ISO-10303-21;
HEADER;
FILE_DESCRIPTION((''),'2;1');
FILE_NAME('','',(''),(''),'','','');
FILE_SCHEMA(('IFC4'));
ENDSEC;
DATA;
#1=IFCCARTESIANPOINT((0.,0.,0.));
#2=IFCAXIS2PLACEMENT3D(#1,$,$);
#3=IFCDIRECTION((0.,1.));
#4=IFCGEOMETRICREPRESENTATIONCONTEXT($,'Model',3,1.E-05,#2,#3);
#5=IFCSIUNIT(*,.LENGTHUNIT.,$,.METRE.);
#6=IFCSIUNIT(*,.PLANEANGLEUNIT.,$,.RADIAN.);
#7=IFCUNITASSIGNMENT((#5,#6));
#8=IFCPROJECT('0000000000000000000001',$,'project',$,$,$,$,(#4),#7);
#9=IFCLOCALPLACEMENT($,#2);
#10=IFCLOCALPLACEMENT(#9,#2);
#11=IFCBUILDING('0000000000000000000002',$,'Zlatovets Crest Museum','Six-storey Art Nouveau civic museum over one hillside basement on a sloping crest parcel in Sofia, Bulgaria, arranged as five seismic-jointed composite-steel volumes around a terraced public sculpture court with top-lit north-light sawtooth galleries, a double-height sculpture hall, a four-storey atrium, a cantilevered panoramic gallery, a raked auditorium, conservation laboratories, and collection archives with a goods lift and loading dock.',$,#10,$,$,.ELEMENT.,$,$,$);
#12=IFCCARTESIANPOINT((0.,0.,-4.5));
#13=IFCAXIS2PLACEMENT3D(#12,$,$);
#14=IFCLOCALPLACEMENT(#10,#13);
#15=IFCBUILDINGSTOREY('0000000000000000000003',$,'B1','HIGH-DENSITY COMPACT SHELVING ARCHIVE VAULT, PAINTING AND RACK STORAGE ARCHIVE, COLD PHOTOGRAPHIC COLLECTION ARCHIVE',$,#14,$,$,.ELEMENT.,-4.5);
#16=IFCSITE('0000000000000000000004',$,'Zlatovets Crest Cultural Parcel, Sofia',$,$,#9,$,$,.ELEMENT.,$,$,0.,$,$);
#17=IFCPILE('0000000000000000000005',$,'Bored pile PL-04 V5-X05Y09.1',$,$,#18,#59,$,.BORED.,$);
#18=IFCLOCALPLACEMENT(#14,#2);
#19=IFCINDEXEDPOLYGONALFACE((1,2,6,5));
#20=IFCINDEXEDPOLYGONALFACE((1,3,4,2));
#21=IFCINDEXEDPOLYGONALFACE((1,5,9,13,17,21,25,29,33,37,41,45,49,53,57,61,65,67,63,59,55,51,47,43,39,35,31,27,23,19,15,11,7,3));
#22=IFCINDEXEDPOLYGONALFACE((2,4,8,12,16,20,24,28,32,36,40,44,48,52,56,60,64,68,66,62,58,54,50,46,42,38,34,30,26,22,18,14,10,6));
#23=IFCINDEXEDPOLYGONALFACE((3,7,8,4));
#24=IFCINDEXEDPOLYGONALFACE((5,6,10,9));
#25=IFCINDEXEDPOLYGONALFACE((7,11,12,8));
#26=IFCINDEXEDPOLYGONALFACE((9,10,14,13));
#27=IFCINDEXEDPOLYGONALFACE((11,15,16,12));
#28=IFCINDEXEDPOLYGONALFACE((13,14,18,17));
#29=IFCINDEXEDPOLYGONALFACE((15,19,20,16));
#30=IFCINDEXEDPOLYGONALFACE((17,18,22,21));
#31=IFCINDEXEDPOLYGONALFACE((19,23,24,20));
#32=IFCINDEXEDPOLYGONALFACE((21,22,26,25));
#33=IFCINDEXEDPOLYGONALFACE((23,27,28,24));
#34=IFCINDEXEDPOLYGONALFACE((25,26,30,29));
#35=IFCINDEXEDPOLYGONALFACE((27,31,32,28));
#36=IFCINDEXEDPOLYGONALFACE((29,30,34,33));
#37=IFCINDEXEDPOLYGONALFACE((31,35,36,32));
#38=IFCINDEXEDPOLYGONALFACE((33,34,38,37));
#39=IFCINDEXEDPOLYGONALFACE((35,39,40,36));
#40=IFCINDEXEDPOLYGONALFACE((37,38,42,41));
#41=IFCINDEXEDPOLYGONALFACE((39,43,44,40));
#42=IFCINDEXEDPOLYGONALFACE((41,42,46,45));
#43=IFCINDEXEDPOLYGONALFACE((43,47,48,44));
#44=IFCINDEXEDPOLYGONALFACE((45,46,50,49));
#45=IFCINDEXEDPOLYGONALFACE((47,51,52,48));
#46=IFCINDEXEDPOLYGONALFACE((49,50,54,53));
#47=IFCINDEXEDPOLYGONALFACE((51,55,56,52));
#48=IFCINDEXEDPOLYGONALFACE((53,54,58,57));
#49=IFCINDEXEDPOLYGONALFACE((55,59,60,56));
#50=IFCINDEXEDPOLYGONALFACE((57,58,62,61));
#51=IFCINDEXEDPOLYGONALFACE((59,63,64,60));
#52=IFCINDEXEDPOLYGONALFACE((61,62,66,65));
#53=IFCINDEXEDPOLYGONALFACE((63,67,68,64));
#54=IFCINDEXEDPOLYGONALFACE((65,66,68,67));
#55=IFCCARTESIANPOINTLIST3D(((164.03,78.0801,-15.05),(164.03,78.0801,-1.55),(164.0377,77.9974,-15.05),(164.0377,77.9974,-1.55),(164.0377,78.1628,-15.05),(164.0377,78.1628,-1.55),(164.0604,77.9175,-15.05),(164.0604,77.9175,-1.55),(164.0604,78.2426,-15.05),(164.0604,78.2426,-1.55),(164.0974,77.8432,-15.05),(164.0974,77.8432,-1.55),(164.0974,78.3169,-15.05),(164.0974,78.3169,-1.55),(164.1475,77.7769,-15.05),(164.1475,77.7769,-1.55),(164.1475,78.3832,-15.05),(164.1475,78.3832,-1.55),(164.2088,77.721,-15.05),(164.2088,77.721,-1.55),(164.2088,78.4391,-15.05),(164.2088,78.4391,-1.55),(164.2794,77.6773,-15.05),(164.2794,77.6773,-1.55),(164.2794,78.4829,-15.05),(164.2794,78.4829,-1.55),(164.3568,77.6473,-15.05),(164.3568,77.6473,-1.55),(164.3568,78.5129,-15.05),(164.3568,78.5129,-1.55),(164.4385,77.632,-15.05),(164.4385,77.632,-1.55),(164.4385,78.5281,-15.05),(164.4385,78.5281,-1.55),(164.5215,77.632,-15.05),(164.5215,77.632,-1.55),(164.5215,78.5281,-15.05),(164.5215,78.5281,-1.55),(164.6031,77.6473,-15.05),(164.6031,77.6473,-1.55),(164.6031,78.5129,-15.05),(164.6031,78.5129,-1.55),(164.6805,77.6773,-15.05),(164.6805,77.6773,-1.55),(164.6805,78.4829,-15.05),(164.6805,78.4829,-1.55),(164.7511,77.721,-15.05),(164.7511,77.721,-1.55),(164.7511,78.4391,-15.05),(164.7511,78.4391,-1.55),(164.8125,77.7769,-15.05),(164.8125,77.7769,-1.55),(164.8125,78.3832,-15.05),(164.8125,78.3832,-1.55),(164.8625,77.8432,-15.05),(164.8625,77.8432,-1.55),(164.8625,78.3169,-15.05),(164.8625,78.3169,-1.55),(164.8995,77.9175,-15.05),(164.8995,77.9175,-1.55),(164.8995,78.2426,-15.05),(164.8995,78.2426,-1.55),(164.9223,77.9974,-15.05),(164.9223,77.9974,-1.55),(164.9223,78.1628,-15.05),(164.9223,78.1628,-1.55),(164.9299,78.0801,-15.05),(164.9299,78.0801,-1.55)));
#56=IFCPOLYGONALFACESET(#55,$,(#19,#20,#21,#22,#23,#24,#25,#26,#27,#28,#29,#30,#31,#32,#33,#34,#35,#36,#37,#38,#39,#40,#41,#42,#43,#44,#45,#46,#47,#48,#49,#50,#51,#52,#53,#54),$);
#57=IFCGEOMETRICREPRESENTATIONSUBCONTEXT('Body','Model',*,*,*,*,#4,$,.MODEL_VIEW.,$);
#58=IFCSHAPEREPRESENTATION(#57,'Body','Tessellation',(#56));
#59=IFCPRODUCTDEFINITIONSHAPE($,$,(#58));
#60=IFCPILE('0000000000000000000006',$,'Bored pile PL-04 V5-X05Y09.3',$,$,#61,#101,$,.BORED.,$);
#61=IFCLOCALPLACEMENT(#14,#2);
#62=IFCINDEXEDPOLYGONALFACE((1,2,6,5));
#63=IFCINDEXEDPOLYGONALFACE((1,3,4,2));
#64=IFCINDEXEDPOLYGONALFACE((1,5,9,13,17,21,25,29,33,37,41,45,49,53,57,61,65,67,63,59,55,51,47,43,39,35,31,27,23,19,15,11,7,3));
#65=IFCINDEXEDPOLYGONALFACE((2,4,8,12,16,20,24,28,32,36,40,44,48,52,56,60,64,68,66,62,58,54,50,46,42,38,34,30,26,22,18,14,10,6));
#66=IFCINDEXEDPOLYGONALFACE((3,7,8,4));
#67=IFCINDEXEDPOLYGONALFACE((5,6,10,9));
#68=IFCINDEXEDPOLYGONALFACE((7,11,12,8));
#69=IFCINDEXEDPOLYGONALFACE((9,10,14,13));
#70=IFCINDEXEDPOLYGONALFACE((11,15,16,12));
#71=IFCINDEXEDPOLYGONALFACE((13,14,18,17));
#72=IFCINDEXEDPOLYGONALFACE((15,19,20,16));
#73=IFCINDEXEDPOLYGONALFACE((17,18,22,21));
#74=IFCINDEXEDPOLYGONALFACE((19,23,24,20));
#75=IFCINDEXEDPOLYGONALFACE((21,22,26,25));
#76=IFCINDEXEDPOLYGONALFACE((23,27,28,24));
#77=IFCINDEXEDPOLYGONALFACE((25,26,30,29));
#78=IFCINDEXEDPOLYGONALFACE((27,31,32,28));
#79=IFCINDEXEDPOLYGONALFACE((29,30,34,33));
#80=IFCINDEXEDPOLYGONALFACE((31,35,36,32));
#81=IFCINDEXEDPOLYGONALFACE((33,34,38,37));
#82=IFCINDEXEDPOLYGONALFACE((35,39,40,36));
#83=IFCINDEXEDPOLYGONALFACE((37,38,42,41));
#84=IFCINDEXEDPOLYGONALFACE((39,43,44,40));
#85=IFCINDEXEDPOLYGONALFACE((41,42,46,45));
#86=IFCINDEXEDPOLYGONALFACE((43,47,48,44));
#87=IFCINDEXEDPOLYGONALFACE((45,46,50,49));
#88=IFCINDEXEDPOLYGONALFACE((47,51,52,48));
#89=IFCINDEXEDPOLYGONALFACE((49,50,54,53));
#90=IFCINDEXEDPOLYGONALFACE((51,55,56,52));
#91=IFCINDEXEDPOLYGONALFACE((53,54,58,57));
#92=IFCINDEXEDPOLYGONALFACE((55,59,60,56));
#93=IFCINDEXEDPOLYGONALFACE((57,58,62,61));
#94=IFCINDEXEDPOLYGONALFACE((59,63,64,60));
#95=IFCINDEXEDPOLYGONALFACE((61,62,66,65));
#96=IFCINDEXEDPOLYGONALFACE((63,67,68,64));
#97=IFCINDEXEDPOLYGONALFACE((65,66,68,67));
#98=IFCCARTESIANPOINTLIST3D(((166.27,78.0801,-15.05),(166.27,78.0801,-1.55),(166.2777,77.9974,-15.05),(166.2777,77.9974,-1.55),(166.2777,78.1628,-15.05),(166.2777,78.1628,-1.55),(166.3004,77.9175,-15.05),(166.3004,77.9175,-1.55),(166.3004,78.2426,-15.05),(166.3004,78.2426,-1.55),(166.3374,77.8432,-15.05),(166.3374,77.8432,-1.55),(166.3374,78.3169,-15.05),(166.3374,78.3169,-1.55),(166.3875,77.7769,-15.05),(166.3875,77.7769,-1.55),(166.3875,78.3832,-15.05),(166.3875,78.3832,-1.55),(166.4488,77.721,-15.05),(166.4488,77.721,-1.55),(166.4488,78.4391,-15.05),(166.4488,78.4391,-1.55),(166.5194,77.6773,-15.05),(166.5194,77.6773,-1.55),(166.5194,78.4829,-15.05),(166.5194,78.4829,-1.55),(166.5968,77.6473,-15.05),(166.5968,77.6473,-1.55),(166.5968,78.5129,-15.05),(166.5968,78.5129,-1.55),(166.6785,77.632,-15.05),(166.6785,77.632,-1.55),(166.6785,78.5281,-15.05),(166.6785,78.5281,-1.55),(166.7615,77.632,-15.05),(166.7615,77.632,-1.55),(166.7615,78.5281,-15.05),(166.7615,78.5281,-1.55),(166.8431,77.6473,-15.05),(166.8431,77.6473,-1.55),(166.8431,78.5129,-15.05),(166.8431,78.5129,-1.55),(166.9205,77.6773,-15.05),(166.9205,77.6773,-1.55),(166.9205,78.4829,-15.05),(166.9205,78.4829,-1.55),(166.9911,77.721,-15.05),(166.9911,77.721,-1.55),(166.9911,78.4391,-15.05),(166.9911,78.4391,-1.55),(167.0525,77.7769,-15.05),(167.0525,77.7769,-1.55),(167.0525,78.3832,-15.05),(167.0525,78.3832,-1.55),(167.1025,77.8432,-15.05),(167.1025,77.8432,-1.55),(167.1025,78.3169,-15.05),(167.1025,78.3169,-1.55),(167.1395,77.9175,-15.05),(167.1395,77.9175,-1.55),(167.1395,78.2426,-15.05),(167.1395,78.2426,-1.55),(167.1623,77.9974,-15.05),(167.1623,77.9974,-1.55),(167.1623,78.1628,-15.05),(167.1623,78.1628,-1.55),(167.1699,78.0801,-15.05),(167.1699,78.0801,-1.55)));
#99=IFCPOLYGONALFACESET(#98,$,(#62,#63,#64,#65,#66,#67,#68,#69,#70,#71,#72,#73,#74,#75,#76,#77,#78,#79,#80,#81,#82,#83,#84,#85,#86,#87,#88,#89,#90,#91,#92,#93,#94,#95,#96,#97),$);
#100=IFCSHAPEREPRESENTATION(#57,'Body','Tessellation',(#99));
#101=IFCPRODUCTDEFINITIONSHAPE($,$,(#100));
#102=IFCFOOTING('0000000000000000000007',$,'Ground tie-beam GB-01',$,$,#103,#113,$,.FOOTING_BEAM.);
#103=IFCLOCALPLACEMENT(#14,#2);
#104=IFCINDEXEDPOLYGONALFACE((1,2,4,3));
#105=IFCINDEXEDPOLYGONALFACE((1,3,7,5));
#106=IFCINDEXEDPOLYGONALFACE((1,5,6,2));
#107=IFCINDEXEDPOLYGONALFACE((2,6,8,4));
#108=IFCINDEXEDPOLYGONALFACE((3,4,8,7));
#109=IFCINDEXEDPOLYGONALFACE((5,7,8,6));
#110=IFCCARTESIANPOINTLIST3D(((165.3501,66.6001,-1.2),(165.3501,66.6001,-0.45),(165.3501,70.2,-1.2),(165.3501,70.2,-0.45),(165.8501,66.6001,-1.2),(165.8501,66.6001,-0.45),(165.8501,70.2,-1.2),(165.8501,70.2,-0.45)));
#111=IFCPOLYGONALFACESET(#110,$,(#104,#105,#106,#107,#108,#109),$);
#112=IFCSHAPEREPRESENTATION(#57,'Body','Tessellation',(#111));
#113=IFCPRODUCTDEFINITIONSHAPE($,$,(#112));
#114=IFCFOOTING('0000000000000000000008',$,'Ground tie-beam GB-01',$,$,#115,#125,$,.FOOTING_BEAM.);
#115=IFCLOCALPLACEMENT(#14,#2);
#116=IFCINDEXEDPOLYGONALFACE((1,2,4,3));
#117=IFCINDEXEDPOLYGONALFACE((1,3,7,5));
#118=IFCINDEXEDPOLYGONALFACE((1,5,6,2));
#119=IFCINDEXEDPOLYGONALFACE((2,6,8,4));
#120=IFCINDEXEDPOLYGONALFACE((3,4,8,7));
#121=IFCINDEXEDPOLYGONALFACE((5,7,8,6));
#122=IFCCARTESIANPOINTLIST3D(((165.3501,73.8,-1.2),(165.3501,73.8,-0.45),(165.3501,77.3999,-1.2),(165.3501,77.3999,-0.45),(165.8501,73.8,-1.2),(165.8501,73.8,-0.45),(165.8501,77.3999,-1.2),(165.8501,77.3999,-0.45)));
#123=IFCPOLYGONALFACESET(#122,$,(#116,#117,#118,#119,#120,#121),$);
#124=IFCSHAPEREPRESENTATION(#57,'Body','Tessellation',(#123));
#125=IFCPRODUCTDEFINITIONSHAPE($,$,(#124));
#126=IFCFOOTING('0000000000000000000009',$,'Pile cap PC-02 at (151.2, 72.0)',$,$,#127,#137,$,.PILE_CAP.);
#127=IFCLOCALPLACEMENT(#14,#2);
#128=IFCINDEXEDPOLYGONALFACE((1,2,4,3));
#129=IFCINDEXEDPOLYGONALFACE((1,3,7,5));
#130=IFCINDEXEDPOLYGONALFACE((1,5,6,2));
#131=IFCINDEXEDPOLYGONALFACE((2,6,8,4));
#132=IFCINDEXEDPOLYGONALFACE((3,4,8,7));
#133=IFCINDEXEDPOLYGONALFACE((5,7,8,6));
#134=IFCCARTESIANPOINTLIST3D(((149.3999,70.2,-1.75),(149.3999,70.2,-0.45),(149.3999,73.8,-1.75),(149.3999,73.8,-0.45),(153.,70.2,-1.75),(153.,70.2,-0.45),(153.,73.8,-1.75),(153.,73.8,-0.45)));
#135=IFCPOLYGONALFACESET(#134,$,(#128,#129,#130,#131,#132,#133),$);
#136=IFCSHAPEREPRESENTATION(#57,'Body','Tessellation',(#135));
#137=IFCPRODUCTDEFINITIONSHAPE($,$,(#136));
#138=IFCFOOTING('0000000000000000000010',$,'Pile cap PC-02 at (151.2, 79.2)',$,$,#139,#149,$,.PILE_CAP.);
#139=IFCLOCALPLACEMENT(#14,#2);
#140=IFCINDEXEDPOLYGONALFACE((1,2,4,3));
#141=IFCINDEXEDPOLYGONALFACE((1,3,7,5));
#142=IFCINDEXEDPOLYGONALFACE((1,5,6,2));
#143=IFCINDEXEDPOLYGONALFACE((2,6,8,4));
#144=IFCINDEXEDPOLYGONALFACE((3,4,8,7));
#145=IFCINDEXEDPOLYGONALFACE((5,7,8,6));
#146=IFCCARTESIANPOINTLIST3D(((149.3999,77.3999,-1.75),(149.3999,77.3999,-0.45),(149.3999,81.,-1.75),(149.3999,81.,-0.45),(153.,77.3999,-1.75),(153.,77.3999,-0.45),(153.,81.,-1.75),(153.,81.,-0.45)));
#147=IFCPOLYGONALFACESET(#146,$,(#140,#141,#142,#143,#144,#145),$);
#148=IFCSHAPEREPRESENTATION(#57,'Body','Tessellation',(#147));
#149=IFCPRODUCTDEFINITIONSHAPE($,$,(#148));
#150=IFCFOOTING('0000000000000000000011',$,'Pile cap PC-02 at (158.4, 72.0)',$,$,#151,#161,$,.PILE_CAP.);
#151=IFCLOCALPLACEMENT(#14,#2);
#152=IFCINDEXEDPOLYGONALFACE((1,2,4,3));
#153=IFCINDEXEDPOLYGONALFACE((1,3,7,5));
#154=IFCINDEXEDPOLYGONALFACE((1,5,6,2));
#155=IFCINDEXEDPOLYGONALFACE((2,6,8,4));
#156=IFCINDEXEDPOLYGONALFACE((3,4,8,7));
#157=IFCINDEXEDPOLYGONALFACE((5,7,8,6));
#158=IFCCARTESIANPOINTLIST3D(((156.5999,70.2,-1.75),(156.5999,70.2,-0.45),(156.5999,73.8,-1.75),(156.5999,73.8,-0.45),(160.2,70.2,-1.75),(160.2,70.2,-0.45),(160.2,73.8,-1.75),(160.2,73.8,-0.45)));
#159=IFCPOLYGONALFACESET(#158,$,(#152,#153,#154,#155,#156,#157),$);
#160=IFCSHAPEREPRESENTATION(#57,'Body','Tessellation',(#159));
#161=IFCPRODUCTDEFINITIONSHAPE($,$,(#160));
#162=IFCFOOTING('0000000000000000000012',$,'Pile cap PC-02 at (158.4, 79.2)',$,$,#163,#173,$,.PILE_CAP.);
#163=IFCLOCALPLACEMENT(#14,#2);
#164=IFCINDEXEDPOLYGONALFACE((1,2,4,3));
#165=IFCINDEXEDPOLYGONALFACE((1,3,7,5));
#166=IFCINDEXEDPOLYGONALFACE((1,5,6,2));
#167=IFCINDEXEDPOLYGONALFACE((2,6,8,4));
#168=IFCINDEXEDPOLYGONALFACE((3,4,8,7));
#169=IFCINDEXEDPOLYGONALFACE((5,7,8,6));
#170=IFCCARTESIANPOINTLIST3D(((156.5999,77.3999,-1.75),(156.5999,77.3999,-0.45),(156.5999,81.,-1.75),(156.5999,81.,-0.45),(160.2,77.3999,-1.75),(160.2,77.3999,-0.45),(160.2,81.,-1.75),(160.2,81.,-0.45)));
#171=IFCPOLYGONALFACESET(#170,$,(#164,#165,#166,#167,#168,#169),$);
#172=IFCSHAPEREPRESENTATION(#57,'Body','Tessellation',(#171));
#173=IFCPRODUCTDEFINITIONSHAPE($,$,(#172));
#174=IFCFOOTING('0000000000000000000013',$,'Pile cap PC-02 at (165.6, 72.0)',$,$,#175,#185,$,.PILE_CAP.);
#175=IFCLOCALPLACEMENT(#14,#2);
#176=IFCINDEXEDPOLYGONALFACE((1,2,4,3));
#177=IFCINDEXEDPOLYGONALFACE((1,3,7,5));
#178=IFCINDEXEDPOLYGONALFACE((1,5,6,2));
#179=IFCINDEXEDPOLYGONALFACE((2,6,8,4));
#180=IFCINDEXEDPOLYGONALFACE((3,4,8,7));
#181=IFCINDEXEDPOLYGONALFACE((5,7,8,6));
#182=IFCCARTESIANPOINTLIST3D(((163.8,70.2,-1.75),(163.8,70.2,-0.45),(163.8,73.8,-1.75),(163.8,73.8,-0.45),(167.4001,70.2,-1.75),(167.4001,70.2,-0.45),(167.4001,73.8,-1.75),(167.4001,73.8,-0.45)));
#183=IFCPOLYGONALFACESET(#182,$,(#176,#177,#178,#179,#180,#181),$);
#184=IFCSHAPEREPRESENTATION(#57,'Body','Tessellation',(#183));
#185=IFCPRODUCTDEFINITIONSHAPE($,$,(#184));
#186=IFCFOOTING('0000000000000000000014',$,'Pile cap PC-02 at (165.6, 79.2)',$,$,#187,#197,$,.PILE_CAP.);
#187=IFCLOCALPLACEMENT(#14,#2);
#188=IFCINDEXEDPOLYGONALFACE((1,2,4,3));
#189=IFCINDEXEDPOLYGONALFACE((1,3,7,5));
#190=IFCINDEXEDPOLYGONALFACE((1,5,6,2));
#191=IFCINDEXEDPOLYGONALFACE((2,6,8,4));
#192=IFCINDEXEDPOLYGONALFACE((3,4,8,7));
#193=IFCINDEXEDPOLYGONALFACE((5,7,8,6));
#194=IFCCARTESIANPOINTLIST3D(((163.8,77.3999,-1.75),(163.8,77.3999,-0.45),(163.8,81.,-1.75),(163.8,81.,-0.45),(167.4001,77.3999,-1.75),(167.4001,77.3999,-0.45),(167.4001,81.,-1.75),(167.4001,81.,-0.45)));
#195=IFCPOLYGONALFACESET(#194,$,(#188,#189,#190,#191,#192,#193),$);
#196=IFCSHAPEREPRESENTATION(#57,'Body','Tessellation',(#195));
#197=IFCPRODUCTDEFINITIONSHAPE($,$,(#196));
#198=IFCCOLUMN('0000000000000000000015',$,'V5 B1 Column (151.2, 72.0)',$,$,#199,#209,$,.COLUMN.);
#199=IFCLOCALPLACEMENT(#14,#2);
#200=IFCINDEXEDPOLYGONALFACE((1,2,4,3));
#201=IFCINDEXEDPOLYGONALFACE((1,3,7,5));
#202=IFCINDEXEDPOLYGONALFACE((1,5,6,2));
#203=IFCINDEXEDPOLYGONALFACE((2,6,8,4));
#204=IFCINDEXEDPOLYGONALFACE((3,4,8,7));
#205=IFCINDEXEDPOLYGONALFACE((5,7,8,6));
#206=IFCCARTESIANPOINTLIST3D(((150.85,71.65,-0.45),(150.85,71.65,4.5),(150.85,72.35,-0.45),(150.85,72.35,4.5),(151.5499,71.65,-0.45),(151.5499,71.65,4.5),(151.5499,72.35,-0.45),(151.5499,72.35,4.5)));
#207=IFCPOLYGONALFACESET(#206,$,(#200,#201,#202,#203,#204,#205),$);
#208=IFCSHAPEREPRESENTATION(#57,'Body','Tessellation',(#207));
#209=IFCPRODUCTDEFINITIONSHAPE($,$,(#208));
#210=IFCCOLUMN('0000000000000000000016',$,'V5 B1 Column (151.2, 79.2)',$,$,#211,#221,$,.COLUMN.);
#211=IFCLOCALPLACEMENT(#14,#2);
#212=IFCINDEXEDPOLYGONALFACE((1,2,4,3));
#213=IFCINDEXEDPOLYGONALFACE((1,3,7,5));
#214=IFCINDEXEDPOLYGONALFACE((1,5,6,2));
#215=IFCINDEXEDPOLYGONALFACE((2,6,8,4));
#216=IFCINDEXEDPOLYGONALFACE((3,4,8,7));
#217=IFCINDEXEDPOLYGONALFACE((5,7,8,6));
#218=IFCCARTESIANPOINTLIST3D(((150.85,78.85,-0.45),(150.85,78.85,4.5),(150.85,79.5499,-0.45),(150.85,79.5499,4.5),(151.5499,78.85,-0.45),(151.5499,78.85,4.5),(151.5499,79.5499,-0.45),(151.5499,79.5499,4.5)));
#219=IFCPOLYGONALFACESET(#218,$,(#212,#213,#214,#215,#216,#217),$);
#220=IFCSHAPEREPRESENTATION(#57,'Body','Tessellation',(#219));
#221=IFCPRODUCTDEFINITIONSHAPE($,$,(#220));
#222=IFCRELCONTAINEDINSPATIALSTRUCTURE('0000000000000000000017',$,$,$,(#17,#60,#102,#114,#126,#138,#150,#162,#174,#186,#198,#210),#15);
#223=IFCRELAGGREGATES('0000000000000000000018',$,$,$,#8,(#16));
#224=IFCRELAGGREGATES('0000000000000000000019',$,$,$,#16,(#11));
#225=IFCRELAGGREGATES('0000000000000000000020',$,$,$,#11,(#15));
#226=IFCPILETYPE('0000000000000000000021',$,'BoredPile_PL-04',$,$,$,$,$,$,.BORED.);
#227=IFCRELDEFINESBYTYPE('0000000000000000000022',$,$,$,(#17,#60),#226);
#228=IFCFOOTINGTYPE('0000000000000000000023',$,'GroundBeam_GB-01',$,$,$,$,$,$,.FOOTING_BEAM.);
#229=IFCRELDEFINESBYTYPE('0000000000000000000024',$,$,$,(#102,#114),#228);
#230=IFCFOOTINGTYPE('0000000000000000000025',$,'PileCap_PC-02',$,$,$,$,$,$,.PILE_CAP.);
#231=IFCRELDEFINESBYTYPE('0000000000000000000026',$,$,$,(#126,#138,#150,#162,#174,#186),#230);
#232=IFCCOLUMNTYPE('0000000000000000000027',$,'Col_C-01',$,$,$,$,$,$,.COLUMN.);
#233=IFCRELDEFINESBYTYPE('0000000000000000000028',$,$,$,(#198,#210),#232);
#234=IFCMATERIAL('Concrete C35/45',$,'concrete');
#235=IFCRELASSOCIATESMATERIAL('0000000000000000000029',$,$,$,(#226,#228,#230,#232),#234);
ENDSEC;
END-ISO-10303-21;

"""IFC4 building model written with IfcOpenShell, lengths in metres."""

from ifc_helpers import new_model, si_unit, direction, frame, origin, origin_2d, place, context, subcontext, project, spatial, rectangle, circle, extrude, material, material_profile, profile_set, type_object, element, save


model = new_model("IFC4")

# Units and contexts
model_context = context("Model", 3, precision=1e-05, world=origin(), true_north=direction((0.0, 1.0)))
body_context = subcontext(model_context, "Body", "Model", "MODEL_VIEW")
ifc_project = project(units=[si_unit("LENGTHUNIT", "METRE"), si_unit("PLANEANGLEUNIT", "RADIAN")], contexts=[model_context])

# Site, building, storey
site_placement = place(None, origin())
site = spatial("IfcSite", under=ifc_project, at=site_placement, Name="Zlatovets Crest Cultural Parcel, Sofia", CompositionType="ELEMENT", RefElevation=0.0)
building_placement = place(site_placement, origin())
building = spatial("IfcBuilding", under=site, at=building_placement, Name="Zlatovets Crest Museum", Description="Six-storey Art Nouveau civic museum over one hillside basement on a sloping crest parcel in Sofia, Bulgaria, arranged as five seismic-jointed composite-steel volumes around a terraced public sculpture court with top-lit north-light sawtooth galleries, a double-height sculpture hall, a four-storey atrium, a cantilevered panoramic gallery, a raked auditorium, conservation laboratories, and collection archives with a goods lift and loading dock.", CompositionType="ELEMENT")
storey_placement = place(building_placement, frame((0.0, 0.0, -4.5)))
storey = spatial("IfcBuildingStorey", under=building, at=storey_placement, Name="B1", Description="HIGH-DENSITY COMPACT SHELVING ARCHIVE VAULT, PAINTING AND RACK STORAGE ARCHIVE, COLD PHOTOGRAPHIC COLLECTION ARCHIVE", CompositionType="ELEMENT", Elevation=-4.5)

# Piles
ifc_material = material(Name="Concrete C35/45", Category="concrete")
ifc_material_profile_1 = material_profile(ifc_material, circle(Radius=0.45, at=origin_2d()), Name="PILE D900")
ifc_profile_set_1 = profile_set([ifc_material_profile_1], Name="Concrete C35/45")
pile_type = type_object("IfcPileType", Name="BoredPile_PL-04", PredefinedType="BORED", material=ifc_profile_set_1)
for number, where, z_axis, x_axis, name in (
    (1, (164.48, 78.0801, -1.55), (0.0, 0.0, -1.0), (1.0, 0.0, 0.0), "Bored pile PL-04 V5-X05Y09.1"),
    (2, (166.72, 78.0801, -1.55), (0.0, 0.0, -1.0), (1.0, 0.0, 0.0), "Bored pile PL-04 V5-X05Y09.3"),
):
    element("IfcPile", number, at=place(storey_placement, frame(where, z_axis=z_axis, x_axis=x_axis)), inside=storey, type_object=pile_type, Name=name, PredefinedType="BORED", context=body_context, shape_type="SweptSolid", body=[
        extrude(circle(Radius=0.45, at=origin_2d()), origin(), (0.0, 0.0, 1.0), 13.5),
    ])

# Footings
ifc_material_profile_2 = material_profile(ifc_material, rectangle(XDim=0.5, YDim=0.75, at=origin_2d()), Name="RC 500x750")
ifc_profile_set_2 = profile_set([ifc_material_profile_2], Name="Concrete C35/45")
footing_type_1 = type_object("IfcFootingType", Name="GroundBeam_GB-01", PredefinedType="FOOTING_BEAM", material=ifc_profile_set_2)
for number, where, z_axis, x_axis, name in (
    (3, (165.6001, 66.6001, -0.825), (0.0, 1.0, 0.0), (-1.0, 0.0, 0.0), "Ground tie-beam GB-01"),
    (4, (165.6001, 73.8, -0.825), (0.0, 1.0, 0.0), (-1.0, 0.0, 0.0), "Ground tie-beam GB-01"),
):
    element("IfcFooting", number, at=place(storey_placement, frame(where, z_axis=z_axis, x_axis=x_axis)), inside=storey, type_object=footing_type_1, Name=name, PredefinedType="FOOTING_BEAM", context=body_context, shape_type="SweptSolid", body=[
        extrude(rectangle(XDim=0.5, YDim=0.75, at=origin_2d()), origin(), (0.0, 0.0, 1.0), 3.5999),
    ])
footing_type_2 = type_object("IfcFootingType", Name="PileCap_PC-02", PredefinedType="PILE_CAP", material=ifc_material)
for number, where, z_axis, x_axis, name in (
    (5, (151.2, 72.0, -1.75), (0.0, 0.0, 1.0), (1.0, 0.0, 0.0), "Pile cap PC-02 at (151.2, 72.0)"),
    (6, (151.2, 79.2, -1.75), (0.0, 0.0, 1.0), (1.0, 0.0, 0.0), "Pile cap PC-02 at (151.2, 79.2)"),
    (7, (158.3999, 72.0, -1.75), (0.0, 0.0, 1.0), (1.0, 0.0, 0.0), "Pile cap PC-02 at (158.4, 72.0)"),
    (8, (158.3999, 79.2, -1.75), (0.0, 0.0, 1.0), (1.0, 0.0, 0.0), "Pile cap PC-02 at (158.4, 79.2)"),
    (9, (165.6001, 72.0, -1.75), (0.0, 0.0, 1.0), (1.0, 0.0, 0.0), "Pile cap PC-02 at (165.6, 72.0)"),
    (10, (165.6001, 79.2, -1.75), (0.0, 0.0, 1.0), (1.0, 0.0, 0.0), "Pile cap PC-02 at (165.6, 79.2)"),
):
    element("IfcFooting", number, at=place(storey_placement, frame(where, z_axis=z_axis, x_axis=x_axis)), inside=storey, type_object=footing_type_2, Name=name, PredefinedType="PILE_CAP", context=body_context, shape_type="SweptSolid", body=[
        extrude(rectangle(XDim=3.6001, YDim=3.6001, at=origin_2d()), origin(), (0.0, 0.0, 1.0), 1.3),
    ])

# Columns
ifc_material_profile_3 = material_profile(ifc_material, rectangle(XDim=0.7, YDim=0.7, at=origin_2d()), Name="RC 700x700")
ifc_profile_set_3 = profile_set([ifc_material_profile_3], Name="Concrete C35/45")
column_type_1 = type_object("IfcColumnType", Name="Col_C-01", PredefinedType="COLUMN", material=ifc_profile_set_3)
for number, where, z_axis, x_axis, name in (
    (11, (151.2, 72.0, -0.45), (0.0, 0.0, 1.0), (0.0, 1.0, 0.0), "V5 B1 Column (151.2, 72.0)"),
    (12, (151.2, 79.2, -0.45), (0.0, 0.0, 1.0), (1.0, 0.0, 0.0), "V5 B1 Column (151.2, 79.2)"),
):
    element("IfcColumn", number, at=place(storey_placement, frame(where, z_axis=z_axis, x_axis=x_axis)), inside=storey, type_object=column_type_1, Name=name, PredefinedType="COLUMN", context=body_context, shape_type="SweptSolid", body=[
        extrude(rectangle(XDim=0.7, YDim=0.7, at=origin_2d()), origin(), (0.0, 0.0, 1.0), 4.95),
    ])

save(model, "model.ifc")
